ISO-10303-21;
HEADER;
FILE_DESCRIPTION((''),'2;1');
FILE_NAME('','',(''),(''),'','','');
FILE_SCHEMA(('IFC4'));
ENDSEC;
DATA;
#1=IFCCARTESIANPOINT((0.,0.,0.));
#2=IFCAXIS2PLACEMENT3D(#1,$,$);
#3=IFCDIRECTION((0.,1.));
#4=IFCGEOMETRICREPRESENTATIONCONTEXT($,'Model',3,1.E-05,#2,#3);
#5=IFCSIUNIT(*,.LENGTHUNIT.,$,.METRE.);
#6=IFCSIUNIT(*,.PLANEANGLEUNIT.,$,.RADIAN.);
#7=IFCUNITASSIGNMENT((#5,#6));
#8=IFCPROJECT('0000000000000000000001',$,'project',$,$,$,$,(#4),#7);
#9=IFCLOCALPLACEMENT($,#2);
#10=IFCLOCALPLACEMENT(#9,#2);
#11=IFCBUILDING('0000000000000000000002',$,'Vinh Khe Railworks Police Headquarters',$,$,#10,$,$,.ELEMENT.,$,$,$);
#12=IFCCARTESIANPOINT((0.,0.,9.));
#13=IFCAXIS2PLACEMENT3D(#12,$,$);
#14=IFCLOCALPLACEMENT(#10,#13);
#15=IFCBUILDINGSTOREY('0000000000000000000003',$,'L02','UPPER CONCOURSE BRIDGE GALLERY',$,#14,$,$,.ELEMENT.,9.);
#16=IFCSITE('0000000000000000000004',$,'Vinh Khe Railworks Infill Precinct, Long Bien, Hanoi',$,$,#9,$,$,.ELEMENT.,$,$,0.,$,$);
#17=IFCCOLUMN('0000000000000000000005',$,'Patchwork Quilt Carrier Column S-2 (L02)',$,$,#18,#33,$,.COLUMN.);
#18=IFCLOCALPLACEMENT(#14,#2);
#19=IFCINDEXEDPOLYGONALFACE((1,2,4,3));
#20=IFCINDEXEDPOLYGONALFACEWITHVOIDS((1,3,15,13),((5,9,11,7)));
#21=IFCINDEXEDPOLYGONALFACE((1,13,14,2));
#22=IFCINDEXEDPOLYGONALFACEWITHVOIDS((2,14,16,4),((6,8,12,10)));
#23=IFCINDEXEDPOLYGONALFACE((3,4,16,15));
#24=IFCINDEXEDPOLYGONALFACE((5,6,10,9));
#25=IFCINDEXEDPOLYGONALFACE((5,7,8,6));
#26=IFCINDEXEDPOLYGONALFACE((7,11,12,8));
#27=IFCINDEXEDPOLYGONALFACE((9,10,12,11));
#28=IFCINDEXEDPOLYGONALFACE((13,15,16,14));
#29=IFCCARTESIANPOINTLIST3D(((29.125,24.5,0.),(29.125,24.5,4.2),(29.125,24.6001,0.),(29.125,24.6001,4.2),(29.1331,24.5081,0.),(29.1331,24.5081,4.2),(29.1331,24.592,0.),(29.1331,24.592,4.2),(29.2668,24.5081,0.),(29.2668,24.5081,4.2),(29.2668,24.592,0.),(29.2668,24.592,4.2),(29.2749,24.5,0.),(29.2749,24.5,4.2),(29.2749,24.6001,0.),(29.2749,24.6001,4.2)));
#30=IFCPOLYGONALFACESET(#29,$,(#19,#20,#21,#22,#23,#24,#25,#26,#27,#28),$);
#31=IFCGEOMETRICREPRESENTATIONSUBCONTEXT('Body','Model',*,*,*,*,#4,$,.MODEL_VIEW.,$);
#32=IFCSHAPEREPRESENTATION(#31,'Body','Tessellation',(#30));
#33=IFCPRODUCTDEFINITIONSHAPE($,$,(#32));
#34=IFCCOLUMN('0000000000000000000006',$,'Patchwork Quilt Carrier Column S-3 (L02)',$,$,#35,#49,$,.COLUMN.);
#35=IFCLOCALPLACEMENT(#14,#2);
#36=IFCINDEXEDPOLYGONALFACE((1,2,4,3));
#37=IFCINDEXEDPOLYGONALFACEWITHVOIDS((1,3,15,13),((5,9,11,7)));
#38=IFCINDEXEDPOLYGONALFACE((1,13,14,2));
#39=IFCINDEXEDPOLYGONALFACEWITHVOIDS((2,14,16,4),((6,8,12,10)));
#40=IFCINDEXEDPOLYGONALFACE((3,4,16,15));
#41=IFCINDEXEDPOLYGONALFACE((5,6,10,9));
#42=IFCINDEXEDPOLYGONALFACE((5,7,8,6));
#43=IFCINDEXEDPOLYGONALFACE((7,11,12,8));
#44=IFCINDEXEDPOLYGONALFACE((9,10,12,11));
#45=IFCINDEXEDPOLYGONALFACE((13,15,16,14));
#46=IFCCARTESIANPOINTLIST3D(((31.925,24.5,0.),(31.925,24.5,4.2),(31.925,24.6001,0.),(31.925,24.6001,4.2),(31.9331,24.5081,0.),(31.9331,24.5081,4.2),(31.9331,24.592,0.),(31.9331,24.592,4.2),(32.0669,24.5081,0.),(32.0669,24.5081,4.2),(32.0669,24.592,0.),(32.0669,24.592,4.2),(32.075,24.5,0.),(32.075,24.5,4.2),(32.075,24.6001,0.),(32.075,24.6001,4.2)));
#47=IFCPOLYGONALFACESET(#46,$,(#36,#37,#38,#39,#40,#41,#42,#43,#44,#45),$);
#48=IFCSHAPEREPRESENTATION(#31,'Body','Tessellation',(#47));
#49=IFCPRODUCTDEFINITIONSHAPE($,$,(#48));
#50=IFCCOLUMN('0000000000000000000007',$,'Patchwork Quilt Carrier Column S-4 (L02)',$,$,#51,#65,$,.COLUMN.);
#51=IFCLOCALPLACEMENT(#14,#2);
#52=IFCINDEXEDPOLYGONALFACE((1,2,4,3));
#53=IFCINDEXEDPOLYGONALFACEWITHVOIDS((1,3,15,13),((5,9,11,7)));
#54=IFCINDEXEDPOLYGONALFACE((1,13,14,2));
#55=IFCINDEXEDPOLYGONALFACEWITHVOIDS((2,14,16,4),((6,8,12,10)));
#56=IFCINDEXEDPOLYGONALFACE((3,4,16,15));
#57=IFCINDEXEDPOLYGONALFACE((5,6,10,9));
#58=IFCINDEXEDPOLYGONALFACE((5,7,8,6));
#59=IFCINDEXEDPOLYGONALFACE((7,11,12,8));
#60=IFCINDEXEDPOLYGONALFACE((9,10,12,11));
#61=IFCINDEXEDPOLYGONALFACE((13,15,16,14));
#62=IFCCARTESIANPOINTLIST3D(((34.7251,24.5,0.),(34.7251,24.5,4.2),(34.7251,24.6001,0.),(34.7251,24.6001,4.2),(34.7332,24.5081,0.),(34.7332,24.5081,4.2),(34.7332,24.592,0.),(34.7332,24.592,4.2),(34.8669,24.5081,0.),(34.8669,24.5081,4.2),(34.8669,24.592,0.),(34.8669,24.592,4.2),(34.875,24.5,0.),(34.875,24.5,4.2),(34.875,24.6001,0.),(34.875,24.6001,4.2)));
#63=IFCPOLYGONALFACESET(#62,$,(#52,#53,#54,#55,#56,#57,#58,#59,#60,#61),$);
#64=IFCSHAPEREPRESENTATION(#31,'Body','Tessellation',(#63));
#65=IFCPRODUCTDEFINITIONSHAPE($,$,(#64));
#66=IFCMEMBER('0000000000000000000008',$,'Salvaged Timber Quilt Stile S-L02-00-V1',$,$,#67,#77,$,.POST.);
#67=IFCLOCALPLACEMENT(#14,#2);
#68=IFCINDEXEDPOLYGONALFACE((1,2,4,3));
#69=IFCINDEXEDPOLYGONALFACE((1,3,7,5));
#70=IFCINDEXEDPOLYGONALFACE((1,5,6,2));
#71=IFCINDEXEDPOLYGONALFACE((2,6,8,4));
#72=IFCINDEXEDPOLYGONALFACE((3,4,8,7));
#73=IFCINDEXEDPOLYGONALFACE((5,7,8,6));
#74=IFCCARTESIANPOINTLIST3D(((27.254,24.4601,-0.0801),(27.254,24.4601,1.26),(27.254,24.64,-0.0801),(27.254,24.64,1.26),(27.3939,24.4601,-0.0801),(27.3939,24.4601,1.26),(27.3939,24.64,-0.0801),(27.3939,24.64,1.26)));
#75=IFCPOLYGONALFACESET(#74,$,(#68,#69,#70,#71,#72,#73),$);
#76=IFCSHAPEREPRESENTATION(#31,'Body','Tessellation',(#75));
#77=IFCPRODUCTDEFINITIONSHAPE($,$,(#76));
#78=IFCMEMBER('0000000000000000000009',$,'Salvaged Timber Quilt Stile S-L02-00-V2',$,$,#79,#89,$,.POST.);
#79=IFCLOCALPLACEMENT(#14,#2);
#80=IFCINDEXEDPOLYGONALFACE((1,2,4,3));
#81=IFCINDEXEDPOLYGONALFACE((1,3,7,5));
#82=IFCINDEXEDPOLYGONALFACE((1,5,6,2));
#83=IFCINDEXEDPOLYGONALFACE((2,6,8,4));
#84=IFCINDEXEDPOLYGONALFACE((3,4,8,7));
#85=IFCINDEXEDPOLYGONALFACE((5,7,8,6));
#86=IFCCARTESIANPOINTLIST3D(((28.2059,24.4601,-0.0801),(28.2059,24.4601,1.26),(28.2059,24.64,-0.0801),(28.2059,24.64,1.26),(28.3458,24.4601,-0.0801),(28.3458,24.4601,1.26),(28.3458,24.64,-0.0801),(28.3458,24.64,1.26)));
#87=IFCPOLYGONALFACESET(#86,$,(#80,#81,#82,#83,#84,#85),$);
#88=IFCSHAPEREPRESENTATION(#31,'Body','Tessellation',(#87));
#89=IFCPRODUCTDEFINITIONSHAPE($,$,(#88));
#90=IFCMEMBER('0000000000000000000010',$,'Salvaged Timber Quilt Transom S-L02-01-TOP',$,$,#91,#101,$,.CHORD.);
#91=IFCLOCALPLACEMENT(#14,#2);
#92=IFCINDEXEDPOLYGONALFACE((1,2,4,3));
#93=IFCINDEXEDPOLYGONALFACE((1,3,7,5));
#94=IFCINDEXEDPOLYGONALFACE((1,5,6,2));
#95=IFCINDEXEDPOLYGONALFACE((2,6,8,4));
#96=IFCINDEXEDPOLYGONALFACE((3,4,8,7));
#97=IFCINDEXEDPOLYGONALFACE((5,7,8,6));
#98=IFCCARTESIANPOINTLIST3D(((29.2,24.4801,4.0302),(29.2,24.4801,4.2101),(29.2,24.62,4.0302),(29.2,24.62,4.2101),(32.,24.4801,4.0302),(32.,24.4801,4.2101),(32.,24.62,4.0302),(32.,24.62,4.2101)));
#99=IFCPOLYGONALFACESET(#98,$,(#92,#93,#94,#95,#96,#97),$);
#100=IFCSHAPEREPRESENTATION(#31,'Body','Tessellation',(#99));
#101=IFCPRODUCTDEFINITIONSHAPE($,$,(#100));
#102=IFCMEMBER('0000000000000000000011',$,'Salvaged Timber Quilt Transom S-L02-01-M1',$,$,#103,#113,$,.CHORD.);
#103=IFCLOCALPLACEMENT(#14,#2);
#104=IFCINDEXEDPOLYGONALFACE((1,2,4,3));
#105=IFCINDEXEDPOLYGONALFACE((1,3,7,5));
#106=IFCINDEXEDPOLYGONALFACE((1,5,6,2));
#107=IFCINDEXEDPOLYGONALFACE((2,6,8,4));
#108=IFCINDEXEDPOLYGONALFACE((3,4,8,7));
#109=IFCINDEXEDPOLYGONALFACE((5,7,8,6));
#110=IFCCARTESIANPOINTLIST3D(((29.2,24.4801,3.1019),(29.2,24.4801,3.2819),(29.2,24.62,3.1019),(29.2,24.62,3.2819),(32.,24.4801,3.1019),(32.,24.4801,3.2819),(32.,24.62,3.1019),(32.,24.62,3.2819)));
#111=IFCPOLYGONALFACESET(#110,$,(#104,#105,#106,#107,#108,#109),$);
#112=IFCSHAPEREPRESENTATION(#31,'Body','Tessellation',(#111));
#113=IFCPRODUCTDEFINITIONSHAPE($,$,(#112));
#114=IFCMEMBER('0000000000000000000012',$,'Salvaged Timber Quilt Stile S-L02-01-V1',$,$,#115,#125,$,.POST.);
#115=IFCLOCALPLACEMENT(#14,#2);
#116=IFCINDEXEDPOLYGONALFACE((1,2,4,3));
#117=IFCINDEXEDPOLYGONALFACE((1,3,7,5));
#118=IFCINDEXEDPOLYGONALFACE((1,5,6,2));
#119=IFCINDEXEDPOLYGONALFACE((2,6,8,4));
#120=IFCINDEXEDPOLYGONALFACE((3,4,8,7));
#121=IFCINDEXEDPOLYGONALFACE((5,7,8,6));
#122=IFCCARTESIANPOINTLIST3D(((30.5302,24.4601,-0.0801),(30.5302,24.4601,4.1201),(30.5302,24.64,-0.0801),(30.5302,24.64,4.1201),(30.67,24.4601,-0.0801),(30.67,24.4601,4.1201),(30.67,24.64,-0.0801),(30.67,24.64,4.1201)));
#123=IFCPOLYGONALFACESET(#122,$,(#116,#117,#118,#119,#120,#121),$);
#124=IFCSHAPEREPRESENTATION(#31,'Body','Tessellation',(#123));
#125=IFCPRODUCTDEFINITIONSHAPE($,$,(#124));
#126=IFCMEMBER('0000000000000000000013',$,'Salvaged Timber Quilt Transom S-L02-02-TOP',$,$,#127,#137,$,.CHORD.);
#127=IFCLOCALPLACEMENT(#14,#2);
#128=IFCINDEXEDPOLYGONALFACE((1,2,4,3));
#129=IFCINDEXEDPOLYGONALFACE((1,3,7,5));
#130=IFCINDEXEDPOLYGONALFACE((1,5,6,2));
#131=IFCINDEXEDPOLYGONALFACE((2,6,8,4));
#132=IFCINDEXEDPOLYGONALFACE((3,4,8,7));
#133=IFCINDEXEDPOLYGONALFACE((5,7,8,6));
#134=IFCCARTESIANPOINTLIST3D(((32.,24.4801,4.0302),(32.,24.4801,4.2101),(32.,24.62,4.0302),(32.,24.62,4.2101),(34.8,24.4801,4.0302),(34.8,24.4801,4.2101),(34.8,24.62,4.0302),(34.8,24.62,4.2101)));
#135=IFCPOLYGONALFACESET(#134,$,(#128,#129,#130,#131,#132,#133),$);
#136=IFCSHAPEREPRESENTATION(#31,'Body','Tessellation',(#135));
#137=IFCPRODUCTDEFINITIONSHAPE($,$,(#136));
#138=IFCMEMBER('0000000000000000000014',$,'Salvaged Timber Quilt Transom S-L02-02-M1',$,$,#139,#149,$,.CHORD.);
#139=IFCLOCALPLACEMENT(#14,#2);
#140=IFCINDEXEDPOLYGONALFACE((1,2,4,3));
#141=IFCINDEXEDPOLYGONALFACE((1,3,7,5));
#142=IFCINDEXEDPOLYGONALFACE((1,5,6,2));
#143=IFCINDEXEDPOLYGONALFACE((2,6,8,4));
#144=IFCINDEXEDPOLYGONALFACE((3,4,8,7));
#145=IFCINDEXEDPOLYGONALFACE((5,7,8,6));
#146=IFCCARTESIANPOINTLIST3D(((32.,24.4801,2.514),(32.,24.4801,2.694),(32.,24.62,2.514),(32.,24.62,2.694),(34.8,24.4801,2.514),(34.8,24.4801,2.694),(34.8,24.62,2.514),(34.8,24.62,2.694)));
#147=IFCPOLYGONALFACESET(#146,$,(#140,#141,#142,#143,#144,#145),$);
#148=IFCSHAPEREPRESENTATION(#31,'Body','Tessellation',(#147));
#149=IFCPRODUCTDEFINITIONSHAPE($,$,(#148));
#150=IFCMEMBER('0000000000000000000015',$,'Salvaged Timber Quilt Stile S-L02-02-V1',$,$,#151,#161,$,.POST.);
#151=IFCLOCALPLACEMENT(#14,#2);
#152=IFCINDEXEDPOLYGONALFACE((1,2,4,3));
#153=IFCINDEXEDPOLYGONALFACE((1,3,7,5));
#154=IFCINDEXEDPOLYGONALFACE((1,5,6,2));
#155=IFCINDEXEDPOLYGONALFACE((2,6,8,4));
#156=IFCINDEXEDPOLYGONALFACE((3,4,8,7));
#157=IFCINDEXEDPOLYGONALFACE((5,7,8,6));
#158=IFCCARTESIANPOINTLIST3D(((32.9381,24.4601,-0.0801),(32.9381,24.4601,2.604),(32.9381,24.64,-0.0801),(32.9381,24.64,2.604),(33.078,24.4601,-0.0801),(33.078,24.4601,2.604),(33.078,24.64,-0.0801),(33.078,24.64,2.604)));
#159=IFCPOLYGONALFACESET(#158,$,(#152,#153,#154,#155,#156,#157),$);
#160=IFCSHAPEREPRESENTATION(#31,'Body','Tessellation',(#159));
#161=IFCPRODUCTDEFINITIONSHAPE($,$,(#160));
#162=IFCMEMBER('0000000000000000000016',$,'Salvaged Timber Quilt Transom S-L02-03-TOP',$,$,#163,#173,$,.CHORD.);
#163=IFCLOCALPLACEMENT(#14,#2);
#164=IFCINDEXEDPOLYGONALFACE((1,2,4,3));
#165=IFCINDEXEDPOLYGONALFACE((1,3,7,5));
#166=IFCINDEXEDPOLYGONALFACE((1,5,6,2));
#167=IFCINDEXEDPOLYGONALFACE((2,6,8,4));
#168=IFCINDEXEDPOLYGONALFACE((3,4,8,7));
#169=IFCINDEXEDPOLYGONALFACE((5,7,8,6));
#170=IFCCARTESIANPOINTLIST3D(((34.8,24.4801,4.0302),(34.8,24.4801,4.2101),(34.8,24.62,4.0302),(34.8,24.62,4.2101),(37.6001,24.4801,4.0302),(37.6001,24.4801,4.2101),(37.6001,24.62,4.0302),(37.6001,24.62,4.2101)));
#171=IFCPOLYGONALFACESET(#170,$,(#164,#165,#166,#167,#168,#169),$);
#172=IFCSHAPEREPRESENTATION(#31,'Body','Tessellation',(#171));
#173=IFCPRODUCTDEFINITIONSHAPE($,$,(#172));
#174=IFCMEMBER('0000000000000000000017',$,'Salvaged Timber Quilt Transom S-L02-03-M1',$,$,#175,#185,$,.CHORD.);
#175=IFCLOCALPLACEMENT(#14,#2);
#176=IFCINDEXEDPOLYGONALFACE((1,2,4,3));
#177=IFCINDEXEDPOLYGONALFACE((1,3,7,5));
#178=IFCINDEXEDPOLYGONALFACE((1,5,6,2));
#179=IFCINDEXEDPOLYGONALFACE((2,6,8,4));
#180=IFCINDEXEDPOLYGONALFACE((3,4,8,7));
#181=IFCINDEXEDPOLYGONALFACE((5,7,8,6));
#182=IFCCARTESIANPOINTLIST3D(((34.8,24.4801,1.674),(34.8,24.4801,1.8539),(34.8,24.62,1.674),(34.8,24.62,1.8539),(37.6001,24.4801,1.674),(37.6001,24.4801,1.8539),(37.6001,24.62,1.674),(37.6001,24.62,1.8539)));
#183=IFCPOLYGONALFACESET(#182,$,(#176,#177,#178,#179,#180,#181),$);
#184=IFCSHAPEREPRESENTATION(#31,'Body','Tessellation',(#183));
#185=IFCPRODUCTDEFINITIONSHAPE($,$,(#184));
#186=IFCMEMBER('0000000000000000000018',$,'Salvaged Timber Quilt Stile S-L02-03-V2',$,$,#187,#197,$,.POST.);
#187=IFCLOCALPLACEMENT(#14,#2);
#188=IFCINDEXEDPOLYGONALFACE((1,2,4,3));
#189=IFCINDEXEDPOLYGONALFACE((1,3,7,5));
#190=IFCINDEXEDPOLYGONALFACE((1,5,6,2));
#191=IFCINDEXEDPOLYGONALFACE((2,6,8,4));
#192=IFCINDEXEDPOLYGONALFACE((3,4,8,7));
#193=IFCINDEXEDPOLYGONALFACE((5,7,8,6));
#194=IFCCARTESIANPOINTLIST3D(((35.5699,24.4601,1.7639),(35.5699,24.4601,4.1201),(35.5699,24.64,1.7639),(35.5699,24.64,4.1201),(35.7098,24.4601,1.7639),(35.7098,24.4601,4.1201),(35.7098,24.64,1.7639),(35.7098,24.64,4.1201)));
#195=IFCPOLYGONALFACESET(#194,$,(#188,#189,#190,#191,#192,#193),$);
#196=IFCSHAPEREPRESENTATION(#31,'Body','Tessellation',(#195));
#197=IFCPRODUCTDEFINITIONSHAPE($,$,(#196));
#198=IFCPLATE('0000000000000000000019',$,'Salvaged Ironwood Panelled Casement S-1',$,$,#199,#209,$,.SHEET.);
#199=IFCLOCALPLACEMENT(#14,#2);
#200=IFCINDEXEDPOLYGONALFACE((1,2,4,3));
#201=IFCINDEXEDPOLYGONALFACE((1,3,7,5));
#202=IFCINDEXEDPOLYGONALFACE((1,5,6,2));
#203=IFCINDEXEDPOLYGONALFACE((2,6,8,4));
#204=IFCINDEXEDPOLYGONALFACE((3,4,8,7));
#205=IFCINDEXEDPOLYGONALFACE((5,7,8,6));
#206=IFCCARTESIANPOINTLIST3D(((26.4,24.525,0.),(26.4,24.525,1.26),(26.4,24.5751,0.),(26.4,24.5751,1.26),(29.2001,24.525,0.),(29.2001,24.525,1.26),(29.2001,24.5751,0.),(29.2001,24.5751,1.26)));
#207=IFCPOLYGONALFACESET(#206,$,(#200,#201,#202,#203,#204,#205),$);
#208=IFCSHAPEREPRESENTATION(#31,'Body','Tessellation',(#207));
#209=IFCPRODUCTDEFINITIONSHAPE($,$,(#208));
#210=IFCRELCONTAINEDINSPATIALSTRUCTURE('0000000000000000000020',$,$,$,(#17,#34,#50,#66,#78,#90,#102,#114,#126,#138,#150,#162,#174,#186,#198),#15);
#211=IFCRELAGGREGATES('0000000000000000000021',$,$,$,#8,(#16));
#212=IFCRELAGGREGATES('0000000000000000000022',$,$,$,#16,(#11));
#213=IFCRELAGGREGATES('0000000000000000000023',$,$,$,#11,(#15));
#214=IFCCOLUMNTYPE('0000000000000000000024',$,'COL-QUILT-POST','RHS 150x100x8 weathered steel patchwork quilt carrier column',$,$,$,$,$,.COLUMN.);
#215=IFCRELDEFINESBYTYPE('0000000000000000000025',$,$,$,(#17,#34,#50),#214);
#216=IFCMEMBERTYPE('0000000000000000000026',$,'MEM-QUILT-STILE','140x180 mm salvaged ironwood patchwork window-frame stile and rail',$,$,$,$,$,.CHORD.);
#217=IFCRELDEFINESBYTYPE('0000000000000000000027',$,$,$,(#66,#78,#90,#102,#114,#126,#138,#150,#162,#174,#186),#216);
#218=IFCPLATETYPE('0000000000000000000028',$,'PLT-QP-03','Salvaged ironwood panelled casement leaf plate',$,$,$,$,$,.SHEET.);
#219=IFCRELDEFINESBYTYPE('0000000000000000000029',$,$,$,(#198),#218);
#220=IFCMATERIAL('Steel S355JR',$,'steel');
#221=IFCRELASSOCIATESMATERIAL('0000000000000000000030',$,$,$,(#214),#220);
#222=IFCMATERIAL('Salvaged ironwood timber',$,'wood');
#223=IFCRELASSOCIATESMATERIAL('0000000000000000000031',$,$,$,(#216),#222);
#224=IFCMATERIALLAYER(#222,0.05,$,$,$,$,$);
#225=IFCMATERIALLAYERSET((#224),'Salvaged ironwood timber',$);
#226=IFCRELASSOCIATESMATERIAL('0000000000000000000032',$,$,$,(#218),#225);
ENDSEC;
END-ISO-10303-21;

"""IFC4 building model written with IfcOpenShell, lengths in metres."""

from ifc_helpers import new_model, si_unit, direction, frame, origin, origin_2d, place, context, subcontext, project, spatial, rectangle, hollow_rectangle, extrude, material, layer, layer_set, material_profile, profile_set, type_object, element, save


model = new_model("IFC4")

# Units and contexts
model_context = context("Model", 3, precision=1e-05, world=origin(), true_north=direction((0.0, 1.0)))
body_context = subcontext(model_context, "Body", "Model", "MODEL_VIEW")
ifc_project = project(units=[si_unit("LENGTHUNIT", "METRE"), si_unit("PLANEANGLEUNIT", "RADIAN")], contexts=[model_context])

# Site, building, storey
site_placement = place(None, origin())
site = spatial("IfcSite", under=ifc_project, at=site_placement, Name="Vinh Khe Railworks Infill Precinct, Long Bien, Hanoi", CompositionType="ELEMENT", RefElevation=0.0)
building_placement = place(site_placement, origin())
building = spatial("IfcBuilding", under=site, at=building_placement, Name="Vinh Khe Railworks Police Headquarters", CompositionType="ELEMENT")
storey_placement = place(building_placement, frame((0.0, 0.0, 9.0)))
storey = spatial("IfcBuildingStorey", under=building, at=storey_placement, Name="L02", Description="UPPER CONCOURSE BRIDGE GALLERY", CompositionType="ELEMENT", Elevation=9.0)

# Columns
ifc_material_1 = material(Name="Steel S355JR", Category="steel")
ifc_material_profile_1 = material_profile(ifc_material_1, hollow_rectangle(XDim=0.1499, YDim=0.1001, WallThickness=0.0081, at=origin_2d()), Name="RHS 150x100x8")
ifc_profile_set_1 = profile_set([ifc_material_profile_1], Name="Steel S355JR")
column_type = type_object("IfcColumnType", Name="COL-QUILT-POST", Description="RHS 150x100x8 weathered steel patchwork quilt carrier column", PredefinedType="COLUMN", material=ifc_profile_set_1)
for number, where, z_axis, x_axis, name in (
    (1, (29.2, 24.55, 0.0), (0.0, 0.0, 1.0), (1.0, 0.0, 0.0), "Patchwork Quilt Carrier Column S-2 (L02)"),
    (2, (32.0, 24.55, 0.0), (0.0, 0.0, 1.0), (1.0, 0.0, 0.0), "Patchwork Quilt Carrier Column S-3 (L02)"),
    (3, (34.8, 24.55, 0.0), (0.0, 0.0, 1.0), (1.0, 0.0, 0.0), "Patchwork Quilt Carrier Column S-4 (L02)"),
):
    element("IfcColumn", number, at=place(storey_placement, frame(where, z_axis=z_axis, x_axis=x_axis)), inside=storey, type_object=column_type, Name=name, PredefinedType="COLUMN", context=body_context, shape_type="SweptSolid", body=[
        extrude(hollow_rectangle(XDim=0.1499, YDim=0.1001, WallThickness=0.0081, at=origin_2d()), origin(), (0.0, 0.0, 1.0), 4.2),
    ])

# Members
ifc_material_2 = material(Name="Salvaged ironwood timber", Category="wood")
ifc_material_profile_2 = material_profile(ifc_material_2, rectangle(XDim=0.1399, YDim=0.1799, at=origin_2d()), Name="TIMBER 140x180")
ifc_profile_set_2 = profile_set([ifc_material_profile_2], Name="Salvaged ironwood timber")
member_type = type_object("IfcMemberType", Name="MEM-QUILT-STILE", Description="140x180 mm salvaged ironwood patchwork window-frame stile and rail", PredefinedType="CHORD", material=ifc_profile_set_2)
for number, where, z_axis, x_axis, name in (
    (4, (27.324, 24.55, -0.0801), (0.0, 0.0, 1.0), (1.0, 0.0, 0.0), "Salvaged Timber Quilt Stile S-L02-00-V1"),
    (5, (28.2759, 24.55, -0.0801), (0.0, 0.0, 1.0), (1.0, 0.0, 0.0), "Salvaged Timber Quilt Stile S-L02-00-V2"),
):
    element("IfcMember", number, at=place(storey_placement, frame(where, z_axis=z_axis, x_axis=x_axis)), inside=storey, type_object=member_type, Name=name, PredefinedType="POST", context=body_context, shape_type="SweptSolid", body=[
        extrude(rectangle(XDim=0.1399, YDim=0.1799, at=origin_2d()), origin(), (0.0, 0.0, 1.0), 1.3401),
    ])
for number, where, z_axis, x_axis, name in (
    (6, (29.2, 24.55, 4.1201), (1.0, 0.0, 0.0), (0.0, 1.0, 0.0), "Salvaged Timber Quilt Transom S-L02-01-TOP"),
    (7, (29.2, 24.55, 3.1919), (1.0, 0.0, 0.0), (0.0, 1.0, 0.0), "Salvaged Timber Quilt Transom S-L02-01-M1"),
):
    element("IfcMember", number, at=place(storey_placement, frame(where, z_axis=z_axis, x_axis=x_axis)), inside=storey, type_object=member_type, Name=name, PredefinedType="CHORD", context=body_context, shape_type="SweptSolid", body=[
        extrude(rectangle(XDim=0.1399, YDim=0.1799, at=origin_2d()), origin(), (0.0, 0.0, 1.0), 2.8),
    ])
member_1_placement = place(storey_placement, frame((30.6001, 24.55, -0.0801), z_axis=(0.0, 0.0, 1.0), x_axis=(1.0, 0.0, 0.0)))
element("IfcMember", 8, at=member_1_placement, inside=storey, type_object=member_type, Name="Salvaged Timber Quilt Stile S-L02-01-V1", PredefinedType="POST", context=body_context, shape_type="SweptSolid", body=[
    extrude(rectangle(XDim=0.1399, YDim=0.1799, at=origin_2d()), origin(), (0.0, 0.0, 1.0), 4.2002),
])
for number, where, z_axis, x_axis, name in (
    (9, (32.0, 24.55, 4.1201), (1.0, 0.0, 0.0), (0.0, 1.0, 0.0), "Salvaged Timber Quilt Transom S-L02-02-TOP"),
    (10, (32.0, 24.55, 2.604), (1.0, 0.0, 0.0), (0.0, 1.0, 0.0), "Salvaged Timber Quilt Transom S-L02-02-M1"),
):
    element("IfcMember", number, at=place(storey_placement, frame(where, z_axis=z_axis, x_axis=x_axis)), inside=storey, type_object=member_type, Name=name, PredefinedType="CHORD", context=body_context, shape_type="SweptSolid", body=[
        extrude(rectangle(XDim=0.1399, YDim=0.1799, at=origin_2d()), origin(), (0.0, 0.0, 1.0), 2.8),
    ])
member_2_placement = place(storey_placement, frame((33.0081, 24.55, -0.0801), z_axis=(0.0, 0.0, 1.0), x_axis=(1.0, 0.0, 0.0)))
element("IfcMember", 11, at=member_2_placement, inside=storey, type_object=member_type, Name="Salvaged Timber Quilt Stile S-L02-02-V1", PredefinedType="POST", context=body_context, shape_type="SweptSolid", body=[
    extrude(rectangle(XDim=0.1399, YDim=0.1799, at=origin_2d()), origin(), (0.0, 0.0, 1.0), 2.6841),
])
for number, where, z_axis, x_axis, name in (
    (12, (34.8, 24.55, 4.1201), (1.0, 0.0, 0.0), (0.0, 1.0, 0.0), "Salvaged Timber Quilt Transom S-L02-03-TOP"),
    (13, (34.8, 24.55, 1.7639), (1.0, 0.0, 0.0), (0.0, 1.0, 0.0), "Salvaged Timber Quilt Transom S-L02-03-M1"),
):
    element("IfcMember", number, at=place(storey_placement, frame(where, z_axis=z_axis, x_axis=x_axis)), inside=storey, type_object=member_type, Name=name, PredefinedType="CHORD", context=body_context, shape_type="SweptSolid", body=[
        extrude(rectangle(XDim=0.1399, YDim=0.1799, at=origin_2d()), origin(), (0.0, 0.0, 1.0), 2.8),
    ])
member_3_placement = place(storey_placement, frame((35.6399, 24.55, 1.7639), z_axis=(0.0, 0.0, 1.0), x_axis=(1.0, 0.0, 0.0)))
element("IfcMember", 14, at=member_3_placement, inside=storey, type_object=member_type, Name="Salvaged Timber Quilt Stile S-L02-03-V2", PredefinedType="POST", context=body_context, shape_type="SweptSolid", body=[
    extrude(rectangle(XDim=0.1399, YDim=0.1799, at=origin_2d()), origin(), (0.0, 0.0, 1.0), 2.3562),
])

# Plate
ifc_layer = layer(ifc_material_2, 0.05)
ifc_layer_set = layer_set([ifc_layer], Name="Salvaged ironwood timber")
plate_type = type_object("IfcPlateType", Name="PLT-QP-03", Description="Salvaged ironwood panelled casement leaf plate", PredefinedType="SHEET", material=ifc_layer_set)
plate_placement = place(storey_placement, frame((27.8, 24.55, 0.0), z_axis=(0.0, 0.0, 1.0), x_axis=(1.0, 0.0, 0.0)))
element("IfcPlate", 15, at=plate_placement, inside=storey, type_object=plate_type, Name="Salvaged Ironwood Panelled Casement S-1", PredefinedType="SHEET", context=body_context, shape_type="SweptSolid", body=[
    extrude(rectangle(XDim=2.8, YDim=0.05, at=origin_2d()), origin(), (0.0, 0.0, 1.0), 1.26),
])

save(model, "model.ifc")
